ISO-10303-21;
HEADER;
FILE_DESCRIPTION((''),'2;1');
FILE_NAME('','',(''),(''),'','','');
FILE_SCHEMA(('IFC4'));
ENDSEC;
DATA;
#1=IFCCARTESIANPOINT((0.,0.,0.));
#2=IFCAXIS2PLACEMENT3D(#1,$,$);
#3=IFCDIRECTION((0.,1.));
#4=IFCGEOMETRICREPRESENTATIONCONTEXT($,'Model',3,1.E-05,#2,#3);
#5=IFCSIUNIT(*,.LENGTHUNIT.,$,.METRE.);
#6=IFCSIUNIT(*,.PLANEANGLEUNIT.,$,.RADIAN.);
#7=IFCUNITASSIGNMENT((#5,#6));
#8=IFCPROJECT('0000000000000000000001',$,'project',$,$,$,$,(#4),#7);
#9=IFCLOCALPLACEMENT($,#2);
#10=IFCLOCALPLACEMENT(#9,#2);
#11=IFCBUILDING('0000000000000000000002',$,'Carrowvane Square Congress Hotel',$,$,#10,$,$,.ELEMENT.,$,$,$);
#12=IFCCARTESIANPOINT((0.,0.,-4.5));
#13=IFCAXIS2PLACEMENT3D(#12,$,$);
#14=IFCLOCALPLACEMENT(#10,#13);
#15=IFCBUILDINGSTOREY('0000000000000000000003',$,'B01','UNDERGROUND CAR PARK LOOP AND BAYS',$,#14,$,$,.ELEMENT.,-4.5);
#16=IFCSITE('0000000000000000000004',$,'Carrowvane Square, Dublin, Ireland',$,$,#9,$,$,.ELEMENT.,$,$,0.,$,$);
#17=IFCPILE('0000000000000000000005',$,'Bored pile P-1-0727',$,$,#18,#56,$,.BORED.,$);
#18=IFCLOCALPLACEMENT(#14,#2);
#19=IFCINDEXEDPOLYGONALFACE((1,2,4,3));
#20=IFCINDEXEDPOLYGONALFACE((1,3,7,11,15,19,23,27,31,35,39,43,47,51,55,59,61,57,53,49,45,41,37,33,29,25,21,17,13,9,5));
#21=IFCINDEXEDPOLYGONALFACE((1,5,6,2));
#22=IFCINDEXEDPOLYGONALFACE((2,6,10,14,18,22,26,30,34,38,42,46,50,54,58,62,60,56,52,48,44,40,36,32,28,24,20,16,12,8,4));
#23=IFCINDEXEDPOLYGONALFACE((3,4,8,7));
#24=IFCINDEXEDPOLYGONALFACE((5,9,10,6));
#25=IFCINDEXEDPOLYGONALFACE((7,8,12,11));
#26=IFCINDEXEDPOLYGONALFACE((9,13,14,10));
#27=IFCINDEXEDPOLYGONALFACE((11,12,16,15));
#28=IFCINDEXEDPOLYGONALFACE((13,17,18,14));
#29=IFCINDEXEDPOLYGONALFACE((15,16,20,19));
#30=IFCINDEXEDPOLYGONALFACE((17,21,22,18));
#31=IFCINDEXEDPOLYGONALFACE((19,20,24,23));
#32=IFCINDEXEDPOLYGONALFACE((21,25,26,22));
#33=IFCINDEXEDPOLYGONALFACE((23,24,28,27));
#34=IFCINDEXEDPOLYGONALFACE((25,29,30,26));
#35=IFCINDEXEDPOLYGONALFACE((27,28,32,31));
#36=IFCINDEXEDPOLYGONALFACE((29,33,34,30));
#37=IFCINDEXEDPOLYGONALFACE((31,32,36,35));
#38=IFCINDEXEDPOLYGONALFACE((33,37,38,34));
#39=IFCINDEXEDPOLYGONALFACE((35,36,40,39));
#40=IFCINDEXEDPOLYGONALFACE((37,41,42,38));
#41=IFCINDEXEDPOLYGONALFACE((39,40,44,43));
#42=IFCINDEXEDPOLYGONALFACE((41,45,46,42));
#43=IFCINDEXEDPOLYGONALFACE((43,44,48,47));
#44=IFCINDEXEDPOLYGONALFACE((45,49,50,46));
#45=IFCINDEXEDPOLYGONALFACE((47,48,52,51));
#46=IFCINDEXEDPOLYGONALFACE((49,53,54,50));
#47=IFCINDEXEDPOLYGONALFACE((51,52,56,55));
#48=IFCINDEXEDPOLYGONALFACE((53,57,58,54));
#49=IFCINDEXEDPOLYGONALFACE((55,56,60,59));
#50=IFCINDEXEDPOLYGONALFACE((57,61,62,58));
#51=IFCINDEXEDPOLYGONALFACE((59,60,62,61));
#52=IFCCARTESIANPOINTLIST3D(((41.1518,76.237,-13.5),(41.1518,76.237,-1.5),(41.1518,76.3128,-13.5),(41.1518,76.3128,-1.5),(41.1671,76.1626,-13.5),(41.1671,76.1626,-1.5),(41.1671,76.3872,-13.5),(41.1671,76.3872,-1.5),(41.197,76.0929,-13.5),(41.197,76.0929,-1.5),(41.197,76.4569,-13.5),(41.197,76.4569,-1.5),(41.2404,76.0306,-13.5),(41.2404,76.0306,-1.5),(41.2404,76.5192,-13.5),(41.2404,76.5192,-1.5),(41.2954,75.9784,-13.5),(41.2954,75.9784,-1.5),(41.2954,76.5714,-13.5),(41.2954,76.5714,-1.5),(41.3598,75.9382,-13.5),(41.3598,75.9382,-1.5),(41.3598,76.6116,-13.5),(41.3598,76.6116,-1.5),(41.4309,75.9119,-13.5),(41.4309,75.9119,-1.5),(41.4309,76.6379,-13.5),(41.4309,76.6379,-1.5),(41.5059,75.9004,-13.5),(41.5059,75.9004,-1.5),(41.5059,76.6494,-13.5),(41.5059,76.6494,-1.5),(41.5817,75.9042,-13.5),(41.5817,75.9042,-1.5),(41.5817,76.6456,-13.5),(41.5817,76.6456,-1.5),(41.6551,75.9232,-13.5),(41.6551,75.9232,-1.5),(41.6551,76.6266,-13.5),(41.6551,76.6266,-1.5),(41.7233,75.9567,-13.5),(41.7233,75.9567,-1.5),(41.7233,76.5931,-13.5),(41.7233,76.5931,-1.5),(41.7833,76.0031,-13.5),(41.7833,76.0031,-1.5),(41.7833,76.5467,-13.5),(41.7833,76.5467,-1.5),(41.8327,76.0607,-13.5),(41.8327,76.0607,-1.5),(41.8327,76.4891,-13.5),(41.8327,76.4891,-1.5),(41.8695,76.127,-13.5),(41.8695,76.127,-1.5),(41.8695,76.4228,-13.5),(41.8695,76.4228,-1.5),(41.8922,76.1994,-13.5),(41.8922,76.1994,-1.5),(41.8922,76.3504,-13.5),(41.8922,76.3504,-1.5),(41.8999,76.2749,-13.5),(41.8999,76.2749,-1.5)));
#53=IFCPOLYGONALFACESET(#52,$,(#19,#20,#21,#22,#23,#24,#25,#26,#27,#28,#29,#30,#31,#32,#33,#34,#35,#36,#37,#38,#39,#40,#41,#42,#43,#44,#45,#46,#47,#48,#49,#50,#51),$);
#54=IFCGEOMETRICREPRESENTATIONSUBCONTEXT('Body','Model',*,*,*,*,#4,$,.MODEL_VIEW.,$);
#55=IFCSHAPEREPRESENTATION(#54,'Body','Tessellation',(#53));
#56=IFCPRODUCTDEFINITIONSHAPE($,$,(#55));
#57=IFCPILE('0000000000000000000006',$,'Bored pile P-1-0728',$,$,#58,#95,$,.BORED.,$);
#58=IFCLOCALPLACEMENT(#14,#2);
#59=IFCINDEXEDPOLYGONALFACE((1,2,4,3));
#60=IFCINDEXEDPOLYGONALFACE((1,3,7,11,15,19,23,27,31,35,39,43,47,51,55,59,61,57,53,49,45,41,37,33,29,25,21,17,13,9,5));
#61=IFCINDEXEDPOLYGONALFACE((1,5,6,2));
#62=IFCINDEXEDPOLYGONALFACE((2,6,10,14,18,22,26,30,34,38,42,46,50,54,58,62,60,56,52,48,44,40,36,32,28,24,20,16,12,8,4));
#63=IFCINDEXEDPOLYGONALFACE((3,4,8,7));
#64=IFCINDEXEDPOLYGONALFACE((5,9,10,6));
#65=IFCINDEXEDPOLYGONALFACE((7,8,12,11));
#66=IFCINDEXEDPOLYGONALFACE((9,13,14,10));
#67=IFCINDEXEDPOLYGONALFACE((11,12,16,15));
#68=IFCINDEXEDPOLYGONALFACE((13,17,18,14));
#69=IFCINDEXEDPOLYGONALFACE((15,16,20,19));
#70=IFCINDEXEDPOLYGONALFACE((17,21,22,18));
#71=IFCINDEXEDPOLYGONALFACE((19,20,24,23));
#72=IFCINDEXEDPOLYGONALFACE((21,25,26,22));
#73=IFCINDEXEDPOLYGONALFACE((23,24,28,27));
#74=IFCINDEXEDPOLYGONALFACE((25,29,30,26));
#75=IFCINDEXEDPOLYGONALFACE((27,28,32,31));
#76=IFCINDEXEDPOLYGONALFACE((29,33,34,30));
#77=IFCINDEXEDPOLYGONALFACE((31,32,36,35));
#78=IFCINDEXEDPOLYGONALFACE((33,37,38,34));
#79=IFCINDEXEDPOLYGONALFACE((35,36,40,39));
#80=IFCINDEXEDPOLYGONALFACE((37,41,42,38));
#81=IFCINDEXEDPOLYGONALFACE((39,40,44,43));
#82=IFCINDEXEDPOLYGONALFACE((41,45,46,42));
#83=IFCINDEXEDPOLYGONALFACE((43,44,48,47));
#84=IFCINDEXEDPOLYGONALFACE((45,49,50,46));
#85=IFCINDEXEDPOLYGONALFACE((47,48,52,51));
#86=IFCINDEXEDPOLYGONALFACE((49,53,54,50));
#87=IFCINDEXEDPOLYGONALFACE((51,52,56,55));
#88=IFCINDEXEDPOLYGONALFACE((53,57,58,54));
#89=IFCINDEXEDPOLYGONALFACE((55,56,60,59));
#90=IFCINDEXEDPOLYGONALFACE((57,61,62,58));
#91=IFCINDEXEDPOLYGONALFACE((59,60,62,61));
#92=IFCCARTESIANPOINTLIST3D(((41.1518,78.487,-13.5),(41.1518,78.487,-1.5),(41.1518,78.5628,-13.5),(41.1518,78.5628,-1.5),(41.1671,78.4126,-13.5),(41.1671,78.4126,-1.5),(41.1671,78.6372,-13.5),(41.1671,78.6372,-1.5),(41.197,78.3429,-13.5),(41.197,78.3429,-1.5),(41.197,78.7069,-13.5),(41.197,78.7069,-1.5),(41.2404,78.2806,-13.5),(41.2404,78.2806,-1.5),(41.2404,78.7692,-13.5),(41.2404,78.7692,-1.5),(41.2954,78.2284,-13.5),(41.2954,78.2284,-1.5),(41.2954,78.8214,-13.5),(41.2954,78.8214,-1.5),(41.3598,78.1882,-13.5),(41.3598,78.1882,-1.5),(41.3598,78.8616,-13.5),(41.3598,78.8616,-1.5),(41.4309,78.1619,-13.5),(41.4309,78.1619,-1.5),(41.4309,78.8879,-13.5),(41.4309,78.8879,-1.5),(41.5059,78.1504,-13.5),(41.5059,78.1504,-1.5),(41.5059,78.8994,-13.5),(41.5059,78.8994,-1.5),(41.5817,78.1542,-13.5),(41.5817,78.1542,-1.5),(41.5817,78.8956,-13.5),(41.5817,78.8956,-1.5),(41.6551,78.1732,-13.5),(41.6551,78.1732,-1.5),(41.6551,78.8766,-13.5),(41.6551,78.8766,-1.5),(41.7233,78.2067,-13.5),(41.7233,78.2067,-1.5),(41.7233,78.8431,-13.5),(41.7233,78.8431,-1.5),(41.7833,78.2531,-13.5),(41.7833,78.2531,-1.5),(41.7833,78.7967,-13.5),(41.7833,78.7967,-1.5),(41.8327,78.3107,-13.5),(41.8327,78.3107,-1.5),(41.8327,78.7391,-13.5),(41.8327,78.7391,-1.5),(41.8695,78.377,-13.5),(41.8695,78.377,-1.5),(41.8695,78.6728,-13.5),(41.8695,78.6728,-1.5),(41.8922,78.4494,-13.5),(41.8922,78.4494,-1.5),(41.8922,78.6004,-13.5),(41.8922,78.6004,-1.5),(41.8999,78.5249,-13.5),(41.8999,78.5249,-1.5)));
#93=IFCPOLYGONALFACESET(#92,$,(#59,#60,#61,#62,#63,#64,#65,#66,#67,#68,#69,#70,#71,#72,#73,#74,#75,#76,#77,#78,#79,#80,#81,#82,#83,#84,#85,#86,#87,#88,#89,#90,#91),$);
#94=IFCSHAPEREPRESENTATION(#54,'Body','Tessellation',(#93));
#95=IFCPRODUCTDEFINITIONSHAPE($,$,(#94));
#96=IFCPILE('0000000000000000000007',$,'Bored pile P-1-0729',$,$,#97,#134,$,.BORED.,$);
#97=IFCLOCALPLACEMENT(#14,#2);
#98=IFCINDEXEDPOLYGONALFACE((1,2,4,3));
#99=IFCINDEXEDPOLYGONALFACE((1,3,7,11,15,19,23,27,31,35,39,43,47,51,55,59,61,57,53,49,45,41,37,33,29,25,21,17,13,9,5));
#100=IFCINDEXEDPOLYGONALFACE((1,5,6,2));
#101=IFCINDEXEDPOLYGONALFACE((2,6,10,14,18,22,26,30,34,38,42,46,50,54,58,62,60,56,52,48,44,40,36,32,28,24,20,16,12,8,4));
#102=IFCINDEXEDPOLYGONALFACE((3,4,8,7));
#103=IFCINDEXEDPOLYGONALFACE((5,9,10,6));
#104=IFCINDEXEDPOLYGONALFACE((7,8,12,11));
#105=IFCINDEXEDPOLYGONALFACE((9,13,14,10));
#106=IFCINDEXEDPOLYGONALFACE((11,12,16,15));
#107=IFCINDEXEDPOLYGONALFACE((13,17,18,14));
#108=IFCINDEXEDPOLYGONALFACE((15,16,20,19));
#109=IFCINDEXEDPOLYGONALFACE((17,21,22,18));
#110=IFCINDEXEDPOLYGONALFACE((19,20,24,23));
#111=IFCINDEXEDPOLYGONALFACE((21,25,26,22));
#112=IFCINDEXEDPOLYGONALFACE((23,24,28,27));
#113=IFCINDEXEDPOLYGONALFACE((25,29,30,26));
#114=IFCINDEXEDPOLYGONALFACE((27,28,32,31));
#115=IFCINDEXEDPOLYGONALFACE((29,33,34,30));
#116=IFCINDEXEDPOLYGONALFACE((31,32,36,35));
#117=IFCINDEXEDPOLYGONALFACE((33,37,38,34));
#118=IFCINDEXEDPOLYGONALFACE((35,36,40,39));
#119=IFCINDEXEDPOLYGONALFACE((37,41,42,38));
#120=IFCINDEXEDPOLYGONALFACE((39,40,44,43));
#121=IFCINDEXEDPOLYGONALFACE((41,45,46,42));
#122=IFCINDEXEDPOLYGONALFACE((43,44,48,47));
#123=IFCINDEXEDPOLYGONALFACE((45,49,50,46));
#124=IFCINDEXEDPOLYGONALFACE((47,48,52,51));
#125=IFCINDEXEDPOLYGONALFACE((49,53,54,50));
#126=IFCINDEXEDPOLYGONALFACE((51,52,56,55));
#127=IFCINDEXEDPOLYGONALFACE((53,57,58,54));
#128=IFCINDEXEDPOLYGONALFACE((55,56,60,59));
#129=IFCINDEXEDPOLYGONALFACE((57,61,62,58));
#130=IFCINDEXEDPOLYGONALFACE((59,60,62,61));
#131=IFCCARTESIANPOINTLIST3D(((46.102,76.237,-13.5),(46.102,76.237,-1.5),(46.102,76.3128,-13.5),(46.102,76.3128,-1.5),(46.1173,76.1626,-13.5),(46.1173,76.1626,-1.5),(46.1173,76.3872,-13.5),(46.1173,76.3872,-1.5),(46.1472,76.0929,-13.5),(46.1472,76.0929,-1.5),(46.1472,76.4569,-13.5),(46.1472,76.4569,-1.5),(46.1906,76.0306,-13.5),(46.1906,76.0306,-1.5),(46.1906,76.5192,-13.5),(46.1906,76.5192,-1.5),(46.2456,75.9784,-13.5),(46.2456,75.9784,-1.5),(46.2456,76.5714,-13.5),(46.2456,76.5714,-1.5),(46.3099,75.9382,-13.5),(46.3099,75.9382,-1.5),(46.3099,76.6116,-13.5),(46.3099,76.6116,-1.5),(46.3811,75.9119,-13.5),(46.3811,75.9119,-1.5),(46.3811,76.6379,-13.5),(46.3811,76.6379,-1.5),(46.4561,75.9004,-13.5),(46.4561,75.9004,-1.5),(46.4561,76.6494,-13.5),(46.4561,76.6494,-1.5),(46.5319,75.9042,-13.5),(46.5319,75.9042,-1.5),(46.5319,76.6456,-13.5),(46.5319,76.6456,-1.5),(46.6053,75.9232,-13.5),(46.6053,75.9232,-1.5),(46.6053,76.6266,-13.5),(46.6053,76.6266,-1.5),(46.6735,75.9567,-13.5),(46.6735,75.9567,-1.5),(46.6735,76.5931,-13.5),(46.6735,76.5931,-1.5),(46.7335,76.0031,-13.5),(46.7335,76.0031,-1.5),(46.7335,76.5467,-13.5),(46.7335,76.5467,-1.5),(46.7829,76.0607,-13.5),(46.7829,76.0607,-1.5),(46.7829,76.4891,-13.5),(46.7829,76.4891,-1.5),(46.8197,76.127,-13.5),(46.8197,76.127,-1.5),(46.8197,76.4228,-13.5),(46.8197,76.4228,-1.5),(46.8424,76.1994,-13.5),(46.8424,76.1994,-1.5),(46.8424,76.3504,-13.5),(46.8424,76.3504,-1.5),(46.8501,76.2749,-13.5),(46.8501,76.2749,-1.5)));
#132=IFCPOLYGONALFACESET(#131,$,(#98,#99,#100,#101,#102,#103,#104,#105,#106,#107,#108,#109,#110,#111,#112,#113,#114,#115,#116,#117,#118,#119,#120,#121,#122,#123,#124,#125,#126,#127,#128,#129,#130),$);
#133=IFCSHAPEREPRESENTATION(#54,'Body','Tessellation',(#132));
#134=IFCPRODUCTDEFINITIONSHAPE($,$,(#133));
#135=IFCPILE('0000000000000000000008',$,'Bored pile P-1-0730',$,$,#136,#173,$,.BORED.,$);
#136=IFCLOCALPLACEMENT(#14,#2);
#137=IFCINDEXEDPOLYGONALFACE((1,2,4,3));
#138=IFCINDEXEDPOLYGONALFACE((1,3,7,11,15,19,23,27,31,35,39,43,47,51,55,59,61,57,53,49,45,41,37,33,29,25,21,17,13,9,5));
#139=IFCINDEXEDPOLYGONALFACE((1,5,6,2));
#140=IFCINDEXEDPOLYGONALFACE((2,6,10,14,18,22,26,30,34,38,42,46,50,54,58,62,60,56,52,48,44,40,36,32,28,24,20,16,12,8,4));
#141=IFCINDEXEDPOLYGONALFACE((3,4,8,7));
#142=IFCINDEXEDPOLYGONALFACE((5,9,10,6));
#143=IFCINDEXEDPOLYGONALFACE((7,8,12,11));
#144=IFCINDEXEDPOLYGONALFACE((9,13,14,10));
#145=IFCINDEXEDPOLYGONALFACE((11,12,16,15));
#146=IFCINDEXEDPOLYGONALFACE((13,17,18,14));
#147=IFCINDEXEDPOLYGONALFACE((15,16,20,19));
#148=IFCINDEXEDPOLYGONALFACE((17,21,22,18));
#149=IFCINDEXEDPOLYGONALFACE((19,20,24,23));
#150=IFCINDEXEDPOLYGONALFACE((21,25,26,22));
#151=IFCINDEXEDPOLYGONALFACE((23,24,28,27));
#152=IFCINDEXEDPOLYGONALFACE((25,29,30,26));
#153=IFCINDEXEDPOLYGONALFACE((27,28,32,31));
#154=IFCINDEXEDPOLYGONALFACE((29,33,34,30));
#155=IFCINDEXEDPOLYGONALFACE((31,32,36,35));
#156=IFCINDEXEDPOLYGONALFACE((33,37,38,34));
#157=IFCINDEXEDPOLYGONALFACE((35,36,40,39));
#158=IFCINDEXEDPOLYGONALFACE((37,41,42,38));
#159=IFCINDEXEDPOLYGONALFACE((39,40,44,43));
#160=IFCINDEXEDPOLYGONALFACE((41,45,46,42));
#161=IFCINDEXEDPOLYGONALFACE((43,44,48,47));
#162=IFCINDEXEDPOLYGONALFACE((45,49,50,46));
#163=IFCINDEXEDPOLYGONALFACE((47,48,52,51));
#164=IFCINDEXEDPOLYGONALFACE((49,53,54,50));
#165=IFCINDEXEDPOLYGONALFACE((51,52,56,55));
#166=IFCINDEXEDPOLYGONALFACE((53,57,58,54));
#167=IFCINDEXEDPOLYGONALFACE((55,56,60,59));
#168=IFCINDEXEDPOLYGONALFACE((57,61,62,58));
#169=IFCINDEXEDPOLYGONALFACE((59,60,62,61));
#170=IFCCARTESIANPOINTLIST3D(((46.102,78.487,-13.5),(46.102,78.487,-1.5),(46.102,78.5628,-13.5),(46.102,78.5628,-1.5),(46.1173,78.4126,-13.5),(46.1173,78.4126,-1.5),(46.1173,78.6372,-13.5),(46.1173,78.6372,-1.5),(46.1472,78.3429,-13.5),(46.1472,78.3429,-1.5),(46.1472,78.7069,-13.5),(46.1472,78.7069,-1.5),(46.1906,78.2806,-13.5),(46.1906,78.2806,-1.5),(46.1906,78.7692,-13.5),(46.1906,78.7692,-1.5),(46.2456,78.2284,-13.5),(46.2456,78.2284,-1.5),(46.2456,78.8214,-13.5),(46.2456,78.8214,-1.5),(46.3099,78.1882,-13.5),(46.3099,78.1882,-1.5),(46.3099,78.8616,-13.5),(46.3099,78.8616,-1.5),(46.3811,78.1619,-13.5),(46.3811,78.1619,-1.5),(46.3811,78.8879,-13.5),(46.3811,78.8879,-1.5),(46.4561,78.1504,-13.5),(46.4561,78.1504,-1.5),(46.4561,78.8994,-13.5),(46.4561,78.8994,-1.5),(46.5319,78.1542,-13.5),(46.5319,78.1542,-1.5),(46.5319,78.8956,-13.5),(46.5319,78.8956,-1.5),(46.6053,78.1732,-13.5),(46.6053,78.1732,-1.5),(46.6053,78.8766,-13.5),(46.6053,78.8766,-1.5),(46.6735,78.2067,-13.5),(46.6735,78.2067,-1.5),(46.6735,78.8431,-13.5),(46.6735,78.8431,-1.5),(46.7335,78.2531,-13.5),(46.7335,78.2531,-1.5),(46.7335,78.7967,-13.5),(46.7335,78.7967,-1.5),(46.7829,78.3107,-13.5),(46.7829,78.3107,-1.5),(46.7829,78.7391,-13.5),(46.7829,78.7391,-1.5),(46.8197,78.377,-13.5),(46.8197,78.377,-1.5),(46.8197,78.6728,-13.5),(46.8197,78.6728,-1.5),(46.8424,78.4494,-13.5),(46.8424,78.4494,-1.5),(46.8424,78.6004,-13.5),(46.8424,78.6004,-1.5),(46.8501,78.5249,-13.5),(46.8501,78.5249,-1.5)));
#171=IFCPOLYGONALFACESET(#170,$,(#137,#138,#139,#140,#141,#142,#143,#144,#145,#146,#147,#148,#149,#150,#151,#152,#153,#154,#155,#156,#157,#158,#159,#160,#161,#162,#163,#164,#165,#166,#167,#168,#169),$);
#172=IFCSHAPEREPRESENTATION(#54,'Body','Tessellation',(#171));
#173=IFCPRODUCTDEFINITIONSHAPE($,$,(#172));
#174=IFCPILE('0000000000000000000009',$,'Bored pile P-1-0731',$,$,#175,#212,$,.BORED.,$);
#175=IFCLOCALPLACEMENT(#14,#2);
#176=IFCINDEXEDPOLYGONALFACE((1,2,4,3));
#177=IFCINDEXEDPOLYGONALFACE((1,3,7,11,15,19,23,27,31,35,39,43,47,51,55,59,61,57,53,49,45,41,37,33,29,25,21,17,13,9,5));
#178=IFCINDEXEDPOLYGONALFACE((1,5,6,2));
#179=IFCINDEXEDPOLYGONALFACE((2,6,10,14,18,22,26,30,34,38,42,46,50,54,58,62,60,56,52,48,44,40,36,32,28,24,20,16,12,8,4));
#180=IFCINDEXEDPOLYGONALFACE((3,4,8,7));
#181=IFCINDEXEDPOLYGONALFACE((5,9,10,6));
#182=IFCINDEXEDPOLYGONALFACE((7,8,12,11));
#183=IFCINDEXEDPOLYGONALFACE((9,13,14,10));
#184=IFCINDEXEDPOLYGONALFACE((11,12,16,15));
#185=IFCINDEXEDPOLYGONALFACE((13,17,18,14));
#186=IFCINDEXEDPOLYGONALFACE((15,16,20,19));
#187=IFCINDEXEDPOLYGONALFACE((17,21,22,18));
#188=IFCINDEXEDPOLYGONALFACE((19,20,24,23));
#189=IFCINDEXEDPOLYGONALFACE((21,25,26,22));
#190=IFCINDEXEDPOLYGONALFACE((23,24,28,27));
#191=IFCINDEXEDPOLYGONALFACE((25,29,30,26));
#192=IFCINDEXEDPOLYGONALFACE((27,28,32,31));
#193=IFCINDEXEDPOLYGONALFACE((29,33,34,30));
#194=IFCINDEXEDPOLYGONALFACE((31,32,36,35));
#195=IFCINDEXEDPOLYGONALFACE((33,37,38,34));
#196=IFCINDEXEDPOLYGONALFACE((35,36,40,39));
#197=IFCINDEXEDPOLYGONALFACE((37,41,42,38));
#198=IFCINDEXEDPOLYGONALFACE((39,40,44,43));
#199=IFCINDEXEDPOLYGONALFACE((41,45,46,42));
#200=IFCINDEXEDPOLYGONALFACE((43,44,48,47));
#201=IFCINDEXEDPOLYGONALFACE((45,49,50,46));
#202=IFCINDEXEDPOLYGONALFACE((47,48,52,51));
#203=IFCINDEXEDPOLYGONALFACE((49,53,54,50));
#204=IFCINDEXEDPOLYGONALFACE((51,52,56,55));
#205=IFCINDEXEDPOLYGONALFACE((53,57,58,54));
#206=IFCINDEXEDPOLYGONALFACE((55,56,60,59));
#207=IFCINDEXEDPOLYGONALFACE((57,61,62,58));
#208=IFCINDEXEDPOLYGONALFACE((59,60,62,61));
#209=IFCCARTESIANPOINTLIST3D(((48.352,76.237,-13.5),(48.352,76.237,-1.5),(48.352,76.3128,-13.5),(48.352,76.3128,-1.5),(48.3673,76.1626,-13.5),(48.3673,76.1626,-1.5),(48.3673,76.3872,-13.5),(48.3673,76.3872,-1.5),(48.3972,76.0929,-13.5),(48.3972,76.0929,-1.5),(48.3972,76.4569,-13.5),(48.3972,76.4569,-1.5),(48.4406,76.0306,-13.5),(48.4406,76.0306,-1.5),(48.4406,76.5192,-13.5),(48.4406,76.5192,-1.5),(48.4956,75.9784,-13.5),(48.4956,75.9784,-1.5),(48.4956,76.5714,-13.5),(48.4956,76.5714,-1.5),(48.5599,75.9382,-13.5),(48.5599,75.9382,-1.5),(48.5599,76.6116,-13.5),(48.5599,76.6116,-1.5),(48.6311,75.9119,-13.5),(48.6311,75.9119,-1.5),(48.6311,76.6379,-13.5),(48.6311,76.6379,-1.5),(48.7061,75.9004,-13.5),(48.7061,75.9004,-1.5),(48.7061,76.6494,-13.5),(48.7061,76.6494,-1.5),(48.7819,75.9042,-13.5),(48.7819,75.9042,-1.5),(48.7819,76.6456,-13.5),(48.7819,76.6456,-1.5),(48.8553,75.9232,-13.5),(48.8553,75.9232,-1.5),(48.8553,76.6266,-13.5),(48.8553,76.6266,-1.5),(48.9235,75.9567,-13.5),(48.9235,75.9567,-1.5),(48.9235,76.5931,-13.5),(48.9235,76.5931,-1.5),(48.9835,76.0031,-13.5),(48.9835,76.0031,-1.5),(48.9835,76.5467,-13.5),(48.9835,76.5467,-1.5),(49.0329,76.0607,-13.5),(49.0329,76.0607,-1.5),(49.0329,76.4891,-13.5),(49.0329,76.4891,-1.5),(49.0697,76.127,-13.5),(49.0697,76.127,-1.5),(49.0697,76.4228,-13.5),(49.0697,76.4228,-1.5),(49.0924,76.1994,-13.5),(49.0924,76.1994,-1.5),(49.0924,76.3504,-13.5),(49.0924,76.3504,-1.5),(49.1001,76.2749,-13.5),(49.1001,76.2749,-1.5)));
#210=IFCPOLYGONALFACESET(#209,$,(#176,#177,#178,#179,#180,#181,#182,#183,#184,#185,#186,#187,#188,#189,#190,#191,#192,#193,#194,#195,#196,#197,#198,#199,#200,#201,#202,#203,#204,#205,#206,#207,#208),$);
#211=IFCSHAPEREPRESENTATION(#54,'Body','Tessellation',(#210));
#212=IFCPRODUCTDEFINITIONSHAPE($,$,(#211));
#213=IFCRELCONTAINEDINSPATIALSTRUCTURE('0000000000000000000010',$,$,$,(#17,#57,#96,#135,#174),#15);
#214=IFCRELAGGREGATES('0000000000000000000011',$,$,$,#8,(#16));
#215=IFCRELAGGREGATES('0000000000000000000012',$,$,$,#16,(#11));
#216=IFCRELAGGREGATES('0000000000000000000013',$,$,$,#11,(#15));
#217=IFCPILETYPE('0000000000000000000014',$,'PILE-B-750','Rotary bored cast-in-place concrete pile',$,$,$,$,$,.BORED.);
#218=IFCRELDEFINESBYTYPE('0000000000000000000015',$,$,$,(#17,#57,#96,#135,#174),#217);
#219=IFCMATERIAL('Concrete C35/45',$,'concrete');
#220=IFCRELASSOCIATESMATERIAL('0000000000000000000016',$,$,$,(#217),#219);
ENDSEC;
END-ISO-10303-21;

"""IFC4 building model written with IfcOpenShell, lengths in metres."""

from ifc_helpers import new_model, si_unit, direction, frame, origin, origin_2d, place, context, subcontext, project, spatial, circle, extrude, material, material_profile, profile_set, type_object, element, save


model = new_model("IFC4")

# Units and contexts
model_context = context("Model", 3, precision=1e-05, world=origin(), true_north=direction((0.0, 1.0)))
body_context = subcontext(model_context, "Body", "Model", "MODEL_VIEW")
ifc_project = project(units=[si_unit("LENGTHUNIT", "METRE"), si_unit("PLANEANGLEUNIT", "RADIAN")], contexts=[model_context])

# Site, building, storey
site_placement = place(None, origin())
site = spatial("IfcSite", under=ifc_project, at=site_placement, Name="Carrowvane Square, Dublin, Ireland", CompositionType="ELEMENT", RefElevation=0.0)
building_placement = place(site_placement, origin())
building = spatial("IfcBuilding", under=site, at=building_placement, Name="Carrowvane Square Congress Hotel", CompositionType="ELEMENT")
storey_placement = place(building_placement, frame((0.0, 0.0, -4.5)))
storey = spatial("IfcBuildingStorey", under=building, at=storey_placement, Name="B01", Description="UNDERGROUND CAR PARK LOOP AND BAYS", CompositionType="ELEMENT", Elevation=-4.5)

# Piles
ifc_material_1 = material(Name="Concrete C35/45", Category="concrete")
ifc_material_profile_1 = material_profile(ifc_material_1, circle(Radius=0.375, at=origin_2d()), Name="PILE D750")
ifc_profile_set_1 = profile_set([ifc_material_profile_1], Name="Concrete C35/45")
pile_type = type_object("IfcPileType", Name="PILE-B-750", Description="Rotary bored cast-in-place concrete pile", PredefinedType="BORED", material=ifc_profile_set_1)
for number, where, z_axis, x_axis, name in (
    (1, (41.5249, 76.2749, -1.5), (0.0, 0.0, -1.0), (1.0, 0.0, 0.0), "Bored pile P-1-0727"),
    (2, (41.5249, 78.5249, -1.5), (0.0, 0.0, -1.0), (1.0, 0.0, 0.0), "Bored pile P-1-0728"),
    (3, (46.4751, 76.2749, -1.5), (0.0, 0.0, -1.0), (1.0, 0.0, 0.0), "Bored pile P-1-0729"),
    (4, (46.4751, 78.5249, -1.5), (0.0, 0.0, -1.0), (1.0, 0.0, 0.0), "Bored pile P-1-0730"),
    (5, (48.7251, 76.2749, -1.5), (0.0, 0.0, -1.0), (1.0, 0.0, 0.0), "Bored pile P-1-0731"),
):
    element("IfcPile", number, at=place(storey_placement, frame(where, z_axis=z_axis, x_axis=x_axis)), inside=storey, type_object=pile_type, Name=name, PredefinedType="BORED", context=body_context, shape_type="SweptSolid", body=[
        extrude(circle(Radius=0.375, at=origin_2d()), origin(), (0.0, 0.0, 1.0), 12.0),
    ])

save(model, "model.ifc")
